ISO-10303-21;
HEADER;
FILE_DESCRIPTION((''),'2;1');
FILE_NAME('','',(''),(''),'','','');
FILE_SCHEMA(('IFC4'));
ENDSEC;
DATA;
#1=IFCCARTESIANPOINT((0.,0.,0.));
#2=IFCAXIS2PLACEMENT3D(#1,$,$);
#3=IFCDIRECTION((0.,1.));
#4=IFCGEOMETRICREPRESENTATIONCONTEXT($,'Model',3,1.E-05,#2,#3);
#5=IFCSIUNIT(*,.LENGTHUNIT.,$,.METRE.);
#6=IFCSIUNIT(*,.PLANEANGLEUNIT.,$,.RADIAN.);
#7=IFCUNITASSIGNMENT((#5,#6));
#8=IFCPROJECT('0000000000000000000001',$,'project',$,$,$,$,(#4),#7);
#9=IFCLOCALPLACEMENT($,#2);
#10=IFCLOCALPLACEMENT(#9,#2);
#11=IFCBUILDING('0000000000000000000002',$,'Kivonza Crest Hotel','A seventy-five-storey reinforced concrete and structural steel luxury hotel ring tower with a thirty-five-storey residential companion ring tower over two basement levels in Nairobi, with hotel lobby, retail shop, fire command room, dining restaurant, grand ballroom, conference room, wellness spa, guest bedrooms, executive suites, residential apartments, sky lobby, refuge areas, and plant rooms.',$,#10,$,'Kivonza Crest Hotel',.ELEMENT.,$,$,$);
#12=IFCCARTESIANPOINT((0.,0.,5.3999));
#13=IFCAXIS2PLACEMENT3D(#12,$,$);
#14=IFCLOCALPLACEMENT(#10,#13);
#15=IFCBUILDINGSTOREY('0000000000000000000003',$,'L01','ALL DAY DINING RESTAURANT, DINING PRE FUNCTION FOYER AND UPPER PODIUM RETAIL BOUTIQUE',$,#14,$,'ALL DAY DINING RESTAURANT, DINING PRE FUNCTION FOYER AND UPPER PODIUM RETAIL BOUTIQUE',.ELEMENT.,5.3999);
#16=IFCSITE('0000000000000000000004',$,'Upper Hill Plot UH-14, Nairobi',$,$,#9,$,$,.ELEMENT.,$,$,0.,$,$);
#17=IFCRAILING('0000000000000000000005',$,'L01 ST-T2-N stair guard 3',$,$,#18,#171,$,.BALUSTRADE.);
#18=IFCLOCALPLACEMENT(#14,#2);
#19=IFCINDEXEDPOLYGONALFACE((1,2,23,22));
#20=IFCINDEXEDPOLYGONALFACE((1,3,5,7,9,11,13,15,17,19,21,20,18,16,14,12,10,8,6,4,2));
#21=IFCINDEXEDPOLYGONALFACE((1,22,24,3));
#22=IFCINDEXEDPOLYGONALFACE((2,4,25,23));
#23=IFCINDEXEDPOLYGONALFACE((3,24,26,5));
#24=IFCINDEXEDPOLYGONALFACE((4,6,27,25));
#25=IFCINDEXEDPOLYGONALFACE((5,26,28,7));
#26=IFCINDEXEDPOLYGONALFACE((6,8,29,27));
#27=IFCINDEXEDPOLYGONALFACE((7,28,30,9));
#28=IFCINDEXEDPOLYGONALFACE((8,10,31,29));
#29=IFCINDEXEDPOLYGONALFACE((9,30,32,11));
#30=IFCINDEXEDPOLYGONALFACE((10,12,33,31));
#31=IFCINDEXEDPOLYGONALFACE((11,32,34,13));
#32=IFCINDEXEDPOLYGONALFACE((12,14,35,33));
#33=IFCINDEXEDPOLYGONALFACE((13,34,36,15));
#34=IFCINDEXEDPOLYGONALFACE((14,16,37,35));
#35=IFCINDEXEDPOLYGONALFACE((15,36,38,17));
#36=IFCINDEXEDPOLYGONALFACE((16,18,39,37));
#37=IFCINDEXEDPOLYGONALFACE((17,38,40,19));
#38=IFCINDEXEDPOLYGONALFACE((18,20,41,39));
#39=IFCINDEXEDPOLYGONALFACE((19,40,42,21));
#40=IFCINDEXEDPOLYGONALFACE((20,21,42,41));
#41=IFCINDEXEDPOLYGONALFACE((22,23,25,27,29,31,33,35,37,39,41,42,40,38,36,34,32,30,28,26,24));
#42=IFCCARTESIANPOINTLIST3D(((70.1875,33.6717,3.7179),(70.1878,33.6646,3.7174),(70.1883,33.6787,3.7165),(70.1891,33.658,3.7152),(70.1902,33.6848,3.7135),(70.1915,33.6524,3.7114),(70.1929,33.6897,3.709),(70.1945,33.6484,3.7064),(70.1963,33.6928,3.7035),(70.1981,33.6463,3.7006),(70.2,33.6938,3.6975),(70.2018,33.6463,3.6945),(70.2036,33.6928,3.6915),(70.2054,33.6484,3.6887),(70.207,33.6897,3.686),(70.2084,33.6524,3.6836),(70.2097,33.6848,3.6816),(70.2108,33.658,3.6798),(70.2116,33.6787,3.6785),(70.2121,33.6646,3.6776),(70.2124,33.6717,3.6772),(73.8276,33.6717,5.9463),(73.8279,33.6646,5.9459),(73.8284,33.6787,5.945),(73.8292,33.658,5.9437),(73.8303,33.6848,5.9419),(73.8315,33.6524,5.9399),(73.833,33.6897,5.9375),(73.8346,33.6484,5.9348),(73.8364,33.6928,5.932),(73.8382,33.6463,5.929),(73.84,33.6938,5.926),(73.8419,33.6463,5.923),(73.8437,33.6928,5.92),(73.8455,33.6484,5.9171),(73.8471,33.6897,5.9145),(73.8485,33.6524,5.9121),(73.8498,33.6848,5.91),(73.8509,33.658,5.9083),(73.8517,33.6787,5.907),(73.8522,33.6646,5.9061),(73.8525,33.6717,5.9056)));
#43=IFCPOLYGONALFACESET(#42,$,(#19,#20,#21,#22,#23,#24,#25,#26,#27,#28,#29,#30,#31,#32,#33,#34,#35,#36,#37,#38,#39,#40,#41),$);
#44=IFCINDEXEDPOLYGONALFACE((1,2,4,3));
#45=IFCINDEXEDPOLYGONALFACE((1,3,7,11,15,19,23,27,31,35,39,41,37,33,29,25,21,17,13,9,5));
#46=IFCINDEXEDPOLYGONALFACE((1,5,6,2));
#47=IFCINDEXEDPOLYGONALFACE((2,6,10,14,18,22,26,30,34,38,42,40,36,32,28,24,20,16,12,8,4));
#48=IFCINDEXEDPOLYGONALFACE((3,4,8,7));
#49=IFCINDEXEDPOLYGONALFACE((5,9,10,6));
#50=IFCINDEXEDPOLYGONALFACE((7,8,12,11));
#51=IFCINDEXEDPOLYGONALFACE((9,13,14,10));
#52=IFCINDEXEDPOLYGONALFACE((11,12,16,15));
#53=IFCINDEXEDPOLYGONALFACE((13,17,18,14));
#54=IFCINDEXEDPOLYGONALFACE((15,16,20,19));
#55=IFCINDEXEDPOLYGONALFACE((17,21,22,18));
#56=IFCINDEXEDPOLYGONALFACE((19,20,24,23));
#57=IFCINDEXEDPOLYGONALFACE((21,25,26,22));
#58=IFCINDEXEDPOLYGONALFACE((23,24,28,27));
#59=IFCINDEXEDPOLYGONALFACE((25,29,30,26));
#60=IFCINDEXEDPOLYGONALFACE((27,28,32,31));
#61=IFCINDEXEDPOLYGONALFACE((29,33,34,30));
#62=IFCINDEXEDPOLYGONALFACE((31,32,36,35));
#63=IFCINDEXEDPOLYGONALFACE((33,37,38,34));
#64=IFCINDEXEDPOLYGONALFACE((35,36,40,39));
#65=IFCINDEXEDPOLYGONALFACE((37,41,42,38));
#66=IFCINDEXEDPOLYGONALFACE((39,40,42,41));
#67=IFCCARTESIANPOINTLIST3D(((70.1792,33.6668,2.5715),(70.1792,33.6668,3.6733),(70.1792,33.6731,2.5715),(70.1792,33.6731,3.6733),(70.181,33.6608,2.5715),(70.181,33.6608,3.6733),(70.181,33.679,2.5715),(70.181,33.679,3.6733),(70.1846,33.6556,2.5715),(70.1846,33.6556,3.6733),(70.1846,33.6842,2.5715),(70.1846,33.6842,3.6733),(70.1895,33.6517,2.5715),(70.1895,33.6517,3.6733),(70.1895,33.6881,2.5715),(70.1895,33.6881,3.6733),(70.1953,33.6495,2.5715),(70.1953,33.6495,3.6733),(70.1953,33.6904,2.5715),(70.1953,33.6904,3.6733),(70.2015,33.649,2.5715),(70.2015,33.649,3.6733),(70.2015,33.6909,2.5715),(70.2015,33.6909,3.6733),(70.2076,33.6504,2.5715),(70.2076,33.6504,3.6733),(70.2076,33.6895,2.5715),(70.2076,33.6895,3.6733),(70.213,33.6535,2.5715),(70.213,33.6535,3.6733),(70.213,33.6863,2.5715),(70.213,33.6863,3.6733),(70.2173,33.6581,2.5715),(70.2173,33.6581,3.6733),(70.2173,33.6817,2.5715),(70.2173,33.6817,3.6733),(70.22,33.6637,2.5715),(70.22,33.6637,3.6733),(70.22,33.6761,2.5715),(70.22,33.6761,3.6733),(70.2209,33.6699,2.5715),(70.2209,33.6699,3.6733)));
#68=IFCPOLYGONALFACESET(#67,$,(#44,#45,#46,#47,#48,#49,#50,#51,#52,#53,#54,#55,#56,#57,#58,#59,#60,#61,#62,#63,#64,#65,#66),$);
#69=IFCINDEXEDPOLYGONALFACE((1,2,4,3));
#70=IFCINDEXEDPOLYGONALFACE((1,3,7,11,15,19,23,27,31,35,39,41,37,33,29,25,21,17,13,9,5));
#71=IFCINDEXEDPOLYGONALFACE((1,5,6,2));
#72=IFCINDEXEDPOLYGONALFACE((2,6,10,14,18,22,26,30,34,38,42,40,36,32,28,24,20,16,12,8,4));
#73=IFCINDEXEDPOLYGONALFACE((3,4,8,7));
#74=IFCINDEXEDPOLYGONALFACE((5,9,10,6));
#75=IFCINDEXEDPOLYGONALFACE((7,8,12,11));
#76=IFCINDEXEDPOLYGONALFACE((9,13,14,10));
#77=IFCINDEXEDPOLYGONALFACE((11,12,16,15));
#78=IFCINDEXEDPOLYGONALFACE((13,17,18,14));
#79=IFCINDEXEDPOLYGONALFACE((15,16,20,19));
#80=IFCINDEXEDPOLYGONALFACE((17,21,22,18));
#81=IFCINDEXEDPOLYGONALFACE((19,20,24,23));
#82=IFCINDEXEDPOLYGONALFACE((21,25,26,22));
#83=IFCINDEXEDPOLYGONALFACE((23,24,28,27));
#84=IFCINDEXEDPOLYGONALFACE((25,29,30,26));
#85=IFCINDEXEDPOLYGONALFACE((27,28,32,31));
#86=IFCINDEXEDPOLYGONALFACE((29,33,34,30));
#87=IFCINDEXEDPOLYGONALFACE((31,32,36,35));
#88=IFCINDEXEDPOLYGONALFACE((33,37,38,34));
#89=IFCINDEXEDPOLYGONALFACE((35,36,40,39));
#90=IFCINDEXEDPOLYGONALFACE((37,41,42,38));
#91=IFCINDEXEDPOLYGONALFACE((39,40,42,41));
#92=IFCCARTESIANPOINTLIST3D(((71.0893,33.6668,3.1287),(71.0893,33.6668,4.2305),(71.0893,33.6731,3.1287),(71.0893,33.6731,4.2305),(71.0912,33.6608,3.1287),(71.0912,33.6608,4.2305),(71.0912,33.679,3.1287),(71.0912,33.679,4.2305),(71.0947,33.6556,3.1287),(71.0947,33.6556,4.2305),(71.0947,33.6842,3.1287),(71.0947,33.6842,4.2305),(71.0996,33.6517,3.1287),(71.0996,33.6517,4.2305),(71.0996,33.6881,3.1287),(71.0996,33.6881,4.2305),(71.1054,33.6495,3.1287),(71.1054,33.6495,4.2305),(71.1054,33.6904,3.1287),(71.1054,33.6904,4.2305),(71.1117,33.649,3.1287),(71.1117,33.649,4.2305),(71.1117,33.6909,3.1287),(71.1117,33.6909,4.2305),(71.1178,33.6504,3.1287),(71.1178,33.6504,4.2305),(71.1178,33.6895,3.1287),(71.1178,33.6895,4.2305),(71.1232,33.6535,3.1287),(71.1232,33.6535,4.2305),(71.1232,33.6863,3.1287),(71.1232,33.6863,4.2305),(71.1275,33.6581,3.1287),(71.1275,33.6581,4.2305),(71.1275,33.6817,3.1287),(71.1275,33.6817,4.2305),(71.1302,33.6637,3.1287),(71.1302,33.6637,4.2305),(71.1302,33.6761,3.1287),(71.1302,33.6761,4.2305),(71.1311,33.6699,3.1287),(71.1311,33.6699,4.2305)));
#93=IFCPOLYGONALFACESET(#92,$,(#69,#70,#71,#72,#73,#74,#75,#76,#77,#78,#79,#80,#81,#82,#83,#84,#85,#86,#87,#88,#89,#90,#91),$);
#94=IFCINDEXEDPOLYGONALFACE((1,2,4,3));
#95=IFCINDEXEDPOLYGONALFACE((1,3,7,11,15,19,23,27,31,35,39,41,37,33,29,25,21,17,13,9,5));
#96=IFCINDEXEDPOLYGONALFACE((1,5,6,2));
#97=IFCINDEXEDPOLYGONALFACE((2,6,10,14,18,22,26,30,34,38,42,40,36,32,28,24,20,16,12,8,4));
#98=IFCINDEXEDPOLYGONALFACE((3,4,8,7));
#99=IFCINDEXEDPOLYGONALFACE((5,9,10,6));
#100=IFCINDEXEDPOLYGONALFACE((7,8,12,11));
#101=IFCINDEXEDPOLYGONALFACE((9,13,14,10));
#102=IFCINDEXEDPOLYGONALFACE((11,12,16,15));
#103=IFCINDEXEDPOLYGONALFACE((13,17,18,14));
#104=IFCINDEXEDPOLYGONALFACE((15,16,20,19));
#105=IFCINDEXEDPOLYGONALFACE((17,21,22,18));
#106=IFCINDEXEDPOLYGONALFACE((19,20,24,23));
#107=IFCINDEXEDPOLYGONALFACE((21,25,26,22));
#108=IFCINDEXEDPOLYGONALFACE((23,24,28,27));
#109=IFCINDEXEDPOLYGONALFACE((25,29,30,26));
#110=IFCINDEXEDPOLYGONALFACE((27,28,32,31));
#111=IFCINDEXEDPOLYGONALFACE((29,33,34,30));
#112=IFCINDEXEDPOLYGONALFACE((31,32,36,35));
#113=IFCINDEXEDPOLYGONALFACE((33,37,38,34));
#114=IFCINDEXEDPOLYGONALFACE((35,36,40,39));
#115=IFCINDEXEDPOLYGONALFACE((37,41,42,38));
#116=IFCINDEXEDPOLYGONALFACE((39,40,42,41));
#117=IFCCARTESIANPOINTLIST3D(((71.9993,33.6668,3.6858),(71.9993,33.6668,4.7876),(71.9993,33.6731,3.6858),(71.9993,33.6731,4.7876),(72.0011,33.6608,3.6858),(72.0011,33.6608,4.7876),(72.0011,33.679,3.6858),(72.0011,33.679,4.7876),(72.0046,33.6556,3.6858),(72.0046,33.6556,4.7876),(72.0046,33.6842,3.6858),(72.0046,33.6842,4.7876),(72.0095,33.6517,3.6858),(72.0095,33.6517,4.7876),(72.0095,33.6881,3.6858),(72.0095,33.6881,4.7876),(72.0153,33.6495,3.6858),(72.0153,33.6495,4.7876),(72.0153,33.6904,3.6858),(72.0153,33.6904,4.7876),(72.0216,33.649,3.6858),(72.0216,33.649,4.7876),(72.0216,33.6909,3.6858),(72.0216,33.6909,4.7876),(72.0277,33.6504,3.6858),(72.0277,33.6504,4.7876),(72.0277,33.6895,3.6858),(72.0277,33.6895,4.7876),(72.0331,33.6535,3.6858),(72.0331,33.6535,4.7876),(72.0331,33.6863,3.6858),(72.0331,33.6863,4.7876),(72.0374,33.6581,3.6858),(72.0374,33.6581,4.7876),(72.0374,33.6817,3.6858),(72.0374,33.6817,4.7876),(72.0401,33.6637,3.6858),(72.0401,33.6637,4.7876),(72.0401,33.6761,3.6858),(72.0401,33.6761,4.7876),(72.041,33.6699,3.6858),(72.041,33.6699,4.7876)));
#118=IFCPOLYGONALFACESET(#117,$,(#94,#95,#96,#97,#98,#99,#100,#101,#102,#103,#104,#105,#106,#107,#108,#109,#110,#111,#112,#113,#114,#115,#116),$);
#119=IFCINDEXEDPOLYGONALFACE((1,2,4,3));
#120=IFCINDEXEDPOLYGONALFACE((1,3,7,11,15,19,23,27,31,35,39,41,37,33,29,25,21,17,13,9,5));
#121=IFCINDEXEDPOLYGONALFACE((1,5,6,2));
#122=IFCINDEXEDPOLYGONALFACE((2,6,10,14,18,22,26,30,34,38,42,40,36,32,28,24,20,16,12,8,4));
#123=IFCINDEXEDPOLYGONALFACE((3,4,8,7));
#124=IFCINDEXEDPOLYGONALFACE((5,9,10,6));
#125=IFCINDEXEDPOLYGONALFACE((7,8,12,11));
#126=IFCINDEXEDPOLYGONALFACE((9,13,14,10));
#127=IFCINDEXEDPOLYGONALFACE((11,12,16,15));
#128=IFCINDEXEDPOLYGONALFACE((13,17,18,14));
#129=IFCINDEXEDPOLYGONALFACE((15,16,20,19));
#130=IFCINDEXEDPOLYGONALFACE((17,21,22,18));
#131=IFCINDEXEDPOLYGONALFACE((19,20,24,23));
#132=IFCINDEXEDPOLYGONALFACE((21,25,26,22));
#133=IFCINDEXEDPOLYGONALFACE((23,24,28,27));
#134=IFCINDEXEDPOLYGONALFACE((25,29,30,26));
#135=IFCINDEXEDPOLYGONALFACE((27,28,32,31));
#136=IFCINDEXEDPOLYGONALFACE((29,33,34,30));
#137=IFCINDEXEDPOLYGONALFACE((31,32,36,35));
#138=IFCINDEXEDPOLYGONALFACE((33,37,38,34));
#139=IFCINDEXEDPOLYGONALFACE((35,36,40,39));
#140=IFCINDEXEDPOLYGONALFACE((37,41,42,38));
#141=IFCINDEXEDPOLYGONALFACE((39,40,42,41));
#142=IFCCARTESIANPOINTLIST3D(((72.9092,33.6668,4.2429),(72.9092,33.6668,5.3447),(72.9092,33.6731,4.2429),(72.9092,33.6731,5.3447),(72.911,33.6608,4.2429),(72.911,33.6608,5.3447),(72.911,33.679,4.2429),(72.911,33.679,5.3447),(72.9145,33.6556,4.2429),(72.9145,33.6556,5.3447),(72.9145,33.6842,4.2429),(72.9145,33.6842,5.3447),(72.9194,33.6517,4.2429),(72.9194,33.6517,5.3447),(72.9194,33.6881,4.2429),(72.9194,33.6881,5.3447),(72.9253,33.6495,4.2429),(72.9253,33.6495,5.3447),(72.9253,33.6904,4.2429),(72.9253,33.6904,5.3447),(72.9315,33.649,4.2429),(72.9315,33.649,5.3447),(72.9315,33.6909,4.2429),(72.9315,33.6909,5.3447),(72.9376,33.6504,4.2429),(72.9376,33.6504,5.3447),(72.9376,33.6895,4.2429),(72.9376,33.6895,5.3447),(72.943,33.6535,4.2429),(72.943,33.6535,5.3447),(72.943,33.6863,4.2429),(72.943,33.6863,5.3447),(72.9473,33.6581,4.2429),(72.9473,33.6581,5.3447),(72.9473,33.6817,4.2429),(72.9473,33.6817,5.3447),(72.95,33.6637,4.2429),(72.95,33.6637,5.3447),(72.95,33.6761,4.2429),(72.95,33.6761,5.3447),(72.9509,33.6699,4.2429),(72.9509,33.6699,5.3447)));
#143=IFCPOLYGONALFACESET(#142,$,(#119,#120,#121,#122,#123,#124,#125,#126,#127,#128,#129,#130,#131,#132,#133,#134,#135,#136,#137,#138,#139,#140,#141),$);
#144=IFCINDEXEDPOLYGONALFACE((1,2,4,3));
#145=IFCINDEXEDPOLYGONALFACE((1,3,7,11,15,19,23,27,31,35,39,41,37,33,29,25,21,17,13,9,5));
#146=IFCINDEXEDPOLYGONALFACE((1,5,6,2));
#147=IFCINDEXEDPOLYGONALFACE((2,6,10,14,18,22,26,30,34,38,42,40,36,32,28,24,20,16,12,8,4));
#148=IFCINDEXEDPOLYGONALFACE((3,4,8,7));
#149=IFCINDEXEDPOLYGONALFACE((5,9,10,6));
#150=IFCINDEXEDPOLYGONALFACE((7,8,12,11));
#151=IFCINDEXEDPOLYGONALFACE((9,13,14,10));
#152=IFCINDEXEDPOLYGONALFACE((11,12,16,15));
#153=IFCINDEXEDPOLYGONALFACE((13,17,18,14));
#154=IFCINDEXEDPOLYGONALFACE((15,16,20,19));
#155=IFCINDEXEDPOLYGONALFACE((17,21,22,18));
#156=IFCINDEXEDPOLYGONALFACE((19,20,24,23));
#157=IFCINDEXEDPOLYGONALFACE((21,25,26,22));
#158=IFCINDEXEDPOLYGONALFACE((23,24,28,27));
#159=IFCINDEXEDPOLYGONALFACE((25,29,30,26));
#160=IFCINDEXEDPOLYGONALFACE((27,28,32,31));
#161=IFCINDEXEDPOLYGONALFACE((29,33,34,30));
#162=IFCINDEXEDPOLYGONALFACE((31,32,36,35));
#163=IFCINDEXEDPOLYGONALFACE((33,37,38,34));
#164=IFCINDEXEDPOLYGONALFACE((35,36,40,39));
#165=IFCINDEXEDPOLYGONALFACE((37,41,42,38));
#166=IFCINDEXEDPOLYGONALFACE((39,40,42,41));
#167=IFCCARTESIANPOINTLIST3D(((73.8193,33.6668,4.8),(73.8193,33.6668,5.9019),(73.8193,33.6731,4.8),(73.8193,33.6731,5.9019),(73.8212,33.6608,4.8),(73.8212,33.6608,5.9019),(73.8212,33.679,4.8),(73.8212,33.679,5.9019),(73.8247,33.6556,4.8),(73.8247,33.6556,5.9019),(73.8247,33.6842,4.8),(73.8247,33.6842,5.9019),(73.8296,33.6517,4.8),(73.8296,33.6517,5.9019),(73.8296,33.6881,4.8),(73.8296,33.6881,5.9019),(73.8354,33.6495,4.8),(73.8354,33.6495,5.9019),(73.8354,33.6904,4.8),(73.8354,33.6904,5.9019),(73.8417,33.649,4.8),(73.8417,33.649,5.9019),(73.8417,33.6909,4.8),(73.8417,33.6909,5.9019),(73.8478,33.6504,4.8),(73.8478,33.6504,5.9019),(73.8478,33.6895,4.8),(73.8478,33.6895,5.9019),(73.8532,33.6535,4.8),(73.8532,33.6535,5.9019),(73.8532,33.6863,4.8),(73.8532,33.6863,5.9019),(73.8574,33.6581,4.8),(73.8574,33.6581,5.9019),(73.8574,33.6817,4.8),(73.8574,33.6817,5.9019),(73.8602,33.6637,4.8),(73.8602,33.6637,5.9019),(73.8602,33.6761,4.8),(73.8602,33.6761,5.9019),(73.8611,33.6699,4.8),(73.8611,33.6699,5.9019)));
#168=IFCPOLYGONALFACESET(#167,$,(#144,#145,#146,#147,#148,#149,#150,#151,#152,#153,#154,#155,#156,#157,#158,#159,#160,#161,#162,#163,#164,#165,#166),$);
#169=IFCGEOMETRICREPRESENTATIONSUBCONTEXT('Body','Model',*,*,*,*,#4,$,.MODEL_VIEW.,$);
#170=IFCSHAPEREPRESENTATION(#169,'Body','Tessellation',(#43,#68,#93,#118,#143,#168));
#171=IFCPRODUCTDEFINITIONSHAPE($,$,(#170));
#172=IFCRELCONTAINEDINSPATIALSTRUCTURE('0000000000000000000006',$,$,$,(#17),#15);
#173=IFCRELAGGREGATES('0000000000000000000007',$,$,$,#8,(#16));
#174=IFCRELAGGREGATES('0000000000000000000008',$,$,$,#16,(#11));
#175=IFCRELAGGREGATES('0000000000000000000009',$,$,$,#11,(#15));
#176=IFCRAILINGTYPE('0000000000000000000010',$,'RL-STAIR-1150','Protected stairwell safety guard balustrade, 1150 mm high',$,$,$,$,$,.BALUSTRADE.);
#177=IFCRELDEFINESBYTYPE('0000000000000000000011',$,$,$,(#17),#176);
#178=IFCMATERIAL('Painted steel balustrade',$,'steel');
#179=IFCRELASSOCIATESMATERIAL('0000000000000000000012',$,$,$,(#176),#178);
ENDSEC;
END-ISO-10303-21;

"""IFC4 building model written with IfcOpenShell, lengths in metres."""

from ifc_helpers import new_model, si_unit, direction, frame, origin, origin_2d, place, context, subcontext, project, spatial, circle, extrude, material, type_object, element, save


model = new_model("IFC4")

# Units and contexts
model_context = context("Model", 3, precision=1e-05, world=origin(), true_north=direction((0.0, 1.0)))
body_context = subcontext(model_context, "Body", "Model", "MODEL_VIEW")
ifc_project = project(units=[si_unit("LENGTHUNIT", "METRE"), si_unit("PLANEANGLEUNIT", "RADIAN")], contexts=[model_context])

# Site, building, storey
site_placement = place(None, origin())
site = spatial("IfcSite", under=ifc_project, at=site_placement, Name="Upper Hill Plot UH-14, Nairobi", CompositionType="ELEMENT", RefElevation=0.0)
building_placement = place(site_placement, origin())
building = spatial("IfcBuilding", under=site, at=building_placement, Name="Kivonza Crest Hotel", Description="A seventy-five-storey reinforced concrete and structural steel luxury hotel ring tower with a thirty-five-storey residential companion ring tower over two basement levels in Nairobi, with hotel lobby, retail shop, fire command room, dining restaurant, grand ballroom, conference room, wellness spa, guest bedrooms, executive suites, residential apartments, sky lobby, refuge areas, and plant rooms.", LongName="Kivonza Crest Hotel", CompositionType="ELEMENT")
storey_placement = place(building_placement, frame((0.0, 0.0, 5.3999)))
storey = spatial("IfcBuildingStorey", under=building, at=storey_placement, Name="L01", Description="ALL DAY DINING RESTAURANT, DINING PRE FUNCTION FOYER AND UPPER PODIUM RETAIL BOUTIQUE", LongName="ALL DAY DINING RESTAURANT, DINING PRE FUNCTION FOYER AND UPPER PODIUM RETAIL BOUTIQUE", CompositionType="ELEMENT", Elevation=5.3999)

# Railing
ifc_material_1 = material(Name="Painted steel balustrade", Category="steel")
railing_type_1 = type_object("IfcRailingType", Name="RL-STAIR-1150", Description="Protected stairwell safety guard balustrade, 1150 mm high", PredefinedType="BALUSTRADE", material=ifc_material_1)
railing_1_placement = place(storey_placement, frame((70.2, 33.6699, 2.5715)))
element("IfcRailing", 1, at=railing_1_placement, inside=storey, type_object=railing_type_1, Name="L01 ST-T2-N stair guard 3", PredefinedType="BALUSTRADE", context=body_context, shape_type="SweptSolid", body=[
    extrude(circle(Radius=0.0239, at=origin_2d()), frame((0.0, 0.0, 1.126), z_axis=(0.852866, 0.0, 0.52213), x_axis=(0.0, 1.0, 0.0)), (0.0, 0.0, 1.0), 4.2681),
    extrude(circle(Radius=0.021, at=origin_2d()), origin(), (0.0, 0.0, 1.0), 1.1018),
    extrude(circle(Radius=0.021, at=origin_2d()), frame((0.9102, 0.0, 0.5571)), (0.0, 0.0, 1.0), 1.1018),
    extrude(circle(Radius=0.021, at=origin_2d()), frame((1.8201, 0.0, 1.1143)), (0.0, 0.0, 1.0), 1.1018),
    extrude(circle(Radius=0.021, at=origin_2d()), frame((2.73, 0.0, 1.6714)), (0.0, 0.0, 1.0), 1.1018),
    extrude(circle(Radius=0.021, at=origin_2d()), frame((3.6401, 0.0, 2.2285)), (0.0, 0.0, 1.0), 1.1018),
])

save(model, "model.ifc")
